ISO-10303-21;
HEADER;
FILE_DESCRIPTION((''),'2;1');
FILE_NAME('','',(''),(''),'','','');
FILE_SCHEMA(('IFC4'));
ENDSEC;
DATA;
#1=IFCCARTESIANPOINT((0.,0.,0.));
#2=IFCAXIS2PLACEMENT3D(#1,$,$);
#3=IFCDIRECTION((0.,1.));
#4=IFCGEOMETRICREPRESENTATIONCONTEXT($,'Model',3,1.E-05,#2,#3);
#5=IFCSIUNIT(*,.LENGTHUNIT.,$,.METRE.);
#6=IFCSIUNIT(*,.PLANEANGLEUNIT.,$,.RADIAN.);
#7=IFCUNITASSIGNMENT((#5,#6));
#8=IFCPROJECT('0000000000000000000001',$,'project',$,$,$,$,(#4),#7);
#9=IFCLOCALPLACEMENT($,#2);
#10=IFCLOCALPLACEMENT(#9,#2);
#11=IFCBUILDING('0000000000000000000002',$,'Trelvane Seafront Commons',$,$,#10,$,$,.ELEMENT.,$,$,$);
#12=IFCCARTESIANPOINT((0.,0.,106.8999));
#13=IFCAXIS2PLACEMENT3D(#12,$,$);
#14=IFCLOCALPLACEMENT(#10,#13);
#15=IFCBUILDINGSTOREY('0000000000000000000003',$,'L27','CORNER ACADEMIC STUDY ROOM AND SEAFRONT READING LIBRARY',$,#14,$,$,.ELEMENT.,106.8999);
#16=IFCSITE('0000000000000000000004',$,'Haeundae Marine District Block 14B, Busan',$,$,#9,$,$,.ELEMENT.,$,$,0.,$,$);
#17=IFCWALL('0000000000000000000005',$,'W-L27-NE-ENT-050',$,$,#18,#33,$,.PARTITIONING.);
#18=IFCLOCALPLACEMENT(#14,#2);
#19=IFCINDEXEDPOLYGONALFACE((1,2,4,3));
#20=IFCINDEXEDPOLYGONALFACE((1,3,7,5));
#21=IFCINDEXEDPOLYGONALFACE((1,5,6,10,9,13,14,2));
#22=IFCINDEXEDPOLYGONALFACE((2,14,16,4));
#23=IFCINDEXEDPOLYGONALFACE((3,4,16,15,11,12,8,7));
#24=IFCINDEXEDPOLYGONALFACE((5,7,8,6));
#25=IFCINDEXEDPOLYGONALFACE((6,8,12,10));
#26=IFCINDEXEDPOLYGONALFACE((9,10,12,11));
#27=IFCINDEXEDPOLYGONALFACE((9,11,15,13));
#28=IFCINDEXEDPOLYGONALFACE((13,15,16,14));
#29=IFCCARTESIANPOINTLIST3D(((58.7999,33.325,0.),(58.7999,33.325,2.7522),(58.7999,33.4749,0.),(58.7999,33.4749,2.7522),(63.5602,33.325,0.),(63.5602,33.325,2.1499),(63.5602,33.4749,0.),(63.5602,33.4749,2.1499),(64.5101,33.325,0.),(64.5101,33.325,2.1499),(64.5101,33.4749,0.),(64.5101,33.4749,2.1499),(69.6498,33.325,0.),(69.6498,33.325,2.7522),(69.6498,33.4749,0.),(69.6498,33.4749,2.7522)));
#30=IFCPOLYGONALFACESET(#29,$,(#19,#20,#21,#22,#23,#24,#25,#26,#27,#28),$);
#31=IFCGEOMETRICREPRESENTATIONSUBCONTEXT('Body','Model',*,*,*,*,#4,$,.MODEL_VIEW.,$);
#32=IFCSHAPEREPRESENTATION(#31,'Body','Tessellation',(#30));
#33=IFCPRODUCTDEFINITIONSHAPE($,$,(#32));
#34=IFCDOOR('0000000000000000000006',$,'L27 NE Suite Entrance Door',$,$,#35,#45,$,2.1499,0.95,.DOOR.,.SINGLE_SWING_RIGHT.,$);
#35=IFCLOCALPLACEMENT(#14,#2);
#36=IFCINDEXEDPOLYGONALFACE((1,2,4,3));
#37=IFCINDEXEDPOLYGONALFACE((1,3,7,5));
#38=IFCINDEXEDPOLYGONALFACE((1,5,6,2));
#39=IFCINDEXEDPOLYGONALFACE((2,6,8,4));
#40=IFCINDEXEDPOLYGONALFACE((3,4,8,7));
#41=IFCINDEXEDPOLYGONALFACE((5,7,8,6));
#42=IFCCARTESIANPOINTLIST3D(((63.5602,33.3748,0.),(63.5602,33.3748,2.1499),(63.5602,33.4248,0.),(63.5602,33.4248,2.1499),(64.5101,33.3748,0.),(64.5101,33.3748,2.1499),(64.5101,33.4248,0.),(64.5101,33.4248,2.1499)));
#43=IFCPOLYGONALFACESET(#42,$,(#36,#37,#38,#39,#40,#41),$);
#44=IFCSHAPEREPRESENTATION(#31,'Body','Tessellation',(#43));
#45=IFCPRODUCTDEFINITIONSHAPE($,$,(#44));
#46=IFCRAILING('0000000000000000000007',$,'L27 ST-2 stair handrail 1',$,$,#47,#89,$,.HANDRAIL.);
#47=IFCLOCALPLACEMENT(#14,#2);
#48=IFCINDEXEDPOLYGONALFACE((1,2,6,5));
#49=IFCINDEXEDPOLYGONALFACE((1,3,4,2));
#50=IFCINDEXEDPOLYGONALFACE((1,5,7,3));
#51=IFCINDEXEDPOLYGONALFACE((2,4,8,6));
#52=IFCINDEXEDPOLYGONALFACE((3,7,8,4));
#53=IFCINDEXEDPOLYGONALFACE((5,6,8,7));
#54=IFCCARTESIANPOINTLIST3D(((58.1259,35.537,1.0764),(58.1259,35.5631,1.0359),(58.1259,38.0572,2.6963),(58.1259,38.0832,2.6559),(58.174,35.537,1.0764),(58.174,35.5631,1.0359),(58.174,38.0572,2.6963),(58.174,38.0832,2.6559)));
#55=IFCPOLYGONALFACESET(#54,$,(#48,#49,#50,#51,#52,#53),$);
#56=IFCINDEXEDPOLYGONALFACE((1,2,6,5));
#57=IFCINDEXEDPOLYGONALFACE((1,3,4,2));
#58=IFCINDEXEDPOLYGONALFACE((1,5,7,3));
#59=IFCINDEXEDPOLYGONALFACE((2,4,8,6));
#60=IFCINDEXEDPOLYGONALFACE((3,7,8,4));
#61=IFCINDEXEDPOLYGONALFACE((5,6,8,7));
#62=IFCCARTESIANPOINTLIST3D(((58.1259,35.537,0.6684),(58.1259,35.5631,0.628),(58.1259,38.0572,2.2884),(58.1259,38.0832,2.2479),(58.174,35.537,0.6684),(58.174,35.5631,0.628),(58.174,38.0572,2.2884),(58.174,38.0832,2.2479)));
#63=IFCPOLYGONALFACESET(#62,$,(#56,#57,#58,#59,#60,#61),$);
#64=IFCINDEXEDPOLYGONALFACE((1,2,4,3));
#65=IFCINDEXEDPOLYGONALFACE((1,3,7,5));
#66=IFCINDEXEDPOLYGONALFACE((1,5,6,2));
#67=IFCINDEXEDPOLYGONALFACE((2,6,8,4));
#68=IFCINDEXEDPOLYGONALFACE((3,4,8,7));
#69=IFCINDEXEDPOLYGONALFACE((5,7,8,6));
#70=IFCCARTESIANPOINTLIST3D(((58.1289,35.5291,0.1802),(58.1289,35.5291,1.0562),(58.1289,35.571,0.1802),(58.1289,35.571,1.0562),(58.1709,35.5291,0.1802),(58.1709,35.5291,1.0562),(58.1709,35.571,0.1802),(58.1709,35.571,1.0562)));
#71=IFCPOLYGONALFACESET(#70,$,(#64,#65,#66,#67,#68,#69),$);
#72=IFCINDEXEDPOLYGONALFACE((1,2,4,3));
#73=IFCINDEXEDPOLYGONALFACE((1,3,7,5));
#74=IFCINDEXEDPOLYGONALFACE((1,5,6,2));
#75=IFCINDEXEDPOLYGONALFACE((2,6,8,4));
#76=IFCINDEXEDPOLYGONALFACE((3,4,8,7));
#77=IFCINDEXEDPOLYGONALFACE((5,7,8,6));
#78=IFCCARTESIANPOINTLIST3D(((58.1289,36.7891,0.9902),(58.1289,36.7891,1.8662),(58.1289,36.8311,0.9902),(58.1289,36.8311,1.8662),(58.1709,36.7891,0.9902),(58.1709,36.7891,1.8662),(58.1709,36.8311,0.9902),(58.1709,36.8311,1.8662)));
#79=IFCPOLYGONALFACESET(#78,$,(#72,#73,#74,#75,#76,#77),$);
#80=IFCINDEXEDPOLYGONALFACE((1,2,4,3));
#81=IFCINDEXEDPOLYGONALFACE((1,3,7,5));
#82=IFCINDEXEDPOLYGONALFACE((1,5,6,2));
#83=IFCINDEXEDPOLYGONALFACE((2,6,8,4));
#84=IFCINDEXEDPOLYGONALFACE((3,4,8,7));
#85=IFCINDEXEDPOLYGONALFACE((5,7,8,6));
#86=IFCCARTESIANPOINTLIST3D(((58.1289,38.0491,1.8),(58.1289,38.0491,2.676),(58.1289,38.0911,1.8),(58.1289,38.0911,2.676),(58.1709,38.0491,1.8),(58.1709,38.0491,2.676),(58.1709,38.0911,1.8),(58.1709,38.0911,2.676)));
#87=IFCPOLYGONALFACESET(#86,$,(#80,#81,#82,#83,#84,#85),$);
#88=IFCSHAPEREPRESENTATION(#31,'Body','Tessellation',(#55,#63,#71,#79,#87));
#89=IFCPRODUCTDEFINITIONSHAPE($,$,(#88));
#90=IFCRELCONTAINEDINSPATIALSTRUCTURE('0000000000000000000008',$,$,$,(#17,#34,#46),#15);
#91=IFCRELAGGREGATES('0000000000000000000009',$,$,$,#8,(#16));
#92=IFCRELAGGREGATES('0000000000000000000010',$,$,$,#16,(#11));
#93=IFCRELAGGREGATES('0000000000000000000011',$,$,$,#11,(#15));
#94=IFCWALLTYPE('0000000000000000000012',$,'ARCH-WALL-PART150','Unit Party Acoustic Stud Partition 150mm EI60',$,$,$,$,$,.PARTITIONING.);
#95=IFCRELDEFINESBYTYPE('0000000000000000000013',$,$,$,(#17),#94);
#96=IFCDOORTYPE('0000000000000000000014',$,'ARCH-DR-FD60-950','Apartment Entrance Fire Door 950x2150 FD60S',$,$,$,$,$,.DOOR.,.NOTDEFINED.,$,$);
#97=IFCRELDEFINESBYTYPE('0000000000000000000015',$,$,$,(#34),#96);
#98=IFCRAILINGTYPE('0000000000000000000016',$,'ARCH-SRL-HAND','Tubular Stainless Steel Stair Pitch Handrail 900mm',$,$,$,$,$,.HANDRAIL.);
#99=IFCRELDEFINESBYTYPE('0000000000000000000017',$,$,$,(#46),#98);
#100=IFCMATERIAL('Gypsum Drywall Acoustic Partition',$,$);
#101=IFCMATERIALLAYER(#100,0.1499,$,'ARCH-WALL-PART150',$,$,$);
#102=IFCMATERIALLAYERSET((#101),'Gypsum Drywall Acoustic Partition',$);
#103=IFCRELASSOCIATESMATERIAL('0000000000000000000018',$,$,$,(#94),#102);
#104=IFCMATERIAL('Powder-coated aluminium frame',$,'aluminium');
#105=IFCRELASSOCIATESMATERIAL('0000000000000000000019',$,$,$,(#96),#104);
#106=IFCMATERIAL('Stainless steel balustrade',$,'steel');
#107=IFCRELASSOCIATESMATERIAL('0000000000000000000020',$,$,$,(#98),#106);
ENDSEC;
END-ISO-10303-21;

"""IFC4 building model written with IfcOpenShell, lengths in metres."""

from ifc_helpers import new_model, si_unit, direction, frame, frame_2d, origin, origin_2d, place, context, subcontext, project, spatial, rectangle, extrude, source, transform, mapped, material, layer, layer_set, type_object, element, fill, save


model = new_model("IFC4")

# Units and contexts
model_context = context("Model", 3, precision=1e-05, world=origin(), true_north=direction((0.0, 1.0)))
body_context = subcontext(model_context, "Body", "Model", "MODEL_VIEW")
ifc_project = project(units=[si_unit("LENGTHUNIT", "METRE"), si_unit("PLANEANGLEUNIT", "RADIAN")], contexts=[model_context])

# Site, building, storey
site_placement = place(None, origin())
site = spatial("IfcSite", under=ifc_project, at=site_placement, Name="Haeundae Marine District Block 14B, Busan", CompositionType="ELEMENT", RefElevation=0.0)
building_placement = place(site_placement, origin())
building = spatial("IfcBuilding", under=site, at=building_placement, Name="Trelvane Seafront Commons", CompositionType="ELEMENT")
storey_placement = place(building_placement, frame((0.0, 0.0, 106.8999)))
storey = spatial("IfcBuildingStorey", under=building, at=storey_placement, Name="L27", Description="CORNER ACADEMIC STUDY ROOM AND SEAFRONT READING LIBRARY", CompositionType="ELEMENT", Elevation=106.8999)

# Wall, opening, door
ifc_material_1 = material(Name="Gypsum Drywall Acoustic Partition")
ifc_layer = layer(ifc_material_1, 0.1499, Name="ARCH-WALL-PART150")
ifc_layer_set = layer_set([ifc_layer], Name="Gypsum Drywall Acoustic Partition")
wall_type = type_object("IfcWallType", Name="ARCH-WALL-PART150", Description="Unit Party Acoustic Stud Partition 150mm EI60", PredefinedType="PARTITIONING", material=ifc_layer_set)
wall_1_placement = place(storey_placement, frame((58.8, 33.3999, 0.0), z_axis=(0.0, 0.0, 1.0), x_axis=(1.0, 0.0, 0.0)))
wall_1 = element("IfcWall", 1, at=wall_1_placement, inside=storey, type_object=wall_type, Name="W-L27-NE-ENT-050", PredefinedType="PARTITIONING", context=body_context, shape_type="SweptSolid", body=[
    extrude(rectangle(XDim=10.8499, YDim=0.1499, at=frame_2d((5.4248, 0.0))), origin(), (0.0, 0.0, 1.0), 2.7522),
])
opening_1_placement = place(wall_1_placement, frame((4.76, 0.0, 0.0)))
opening_1 = element("IfcOpeningElement", 2, at=opening_1_placement, cuts=wall_1, PredefinedType="OPENING", context=body_context, shape_type="SweptSolid", body=[
    extrude(rectangle(XDim=0.95, YDim=2.1499, at=frame_2d((0.4751, 1.075))), frame((0.0, 0.085, 0.0), z_axis=(0.0, -1.0, 0.0), x_axis=(1.0, 0.0, 0.0)), (0.0, 0.0, 1.0), 0.1699),
])
ifc_material_2 = material(Name="Powder-coated aluminium frame", Category="aluminium")
door_type = type_object("IfcDoorType", Name="ARCH-DR-FD60-950", Description="Apartment Entrance Fire Door 950x2150 FD60S", OperationType="NOTDEFINED", PredefinedType="DOOR", material=ifc_material_2)
shared_shape_1 = source(origin(), body_context, "Body", "SweptSolid", [
    extrude(rectangle(XDim=0.95, YDim=2.1499, at=frame_2d((0.4751, 1.075))), frame((0.0, 0.0249, 0.0), z_axis=(0.0, -1.0, 0.0), x_axis=(1.0, 0.0, 0.0)), (0.0, 0.0, 1.0), 0.05),
])
door_1_placement = place(opening_1_placement, origin())
door_1 = element("IfcDoor", 3, at=door_1_placement, inside=storey, type_object=door_type, Name="L27 NE Suite Entrance Door", OperationType="SINGLE_SWING_RIGHT", OverallHeight=2.1499, OverallWidth=0.95, PredefinedType="DOOR", context=body_context, shape_type="MappedRepresentation", body=[
    mapped(shared_shape_1, transform((0.0, 0.0, 0.0), x_axis=(1.0, 0.0, 0.0), y_axis=(0.0, 1.0, 0.0), z_axis=(0.0, 0.0, 1.0), scale=1.0)),
])
fill(opening_1, door_1)

# Railing
ifc_material_3 = material(Name="Stainless steel balustrade", Category="steel")
railing_type = type_object("IfcRailingType", Name="ARCH-SRL-HAND", Description="Tubular Stainless Steel Stair Pitch Handrail 900mm", PredefinedType="HANDRAIL", material=ifc_material_3)
railing_placement = place(storey_placement, frame((58.1499, 35.55, 0.1802)))
element("IfcRailing", 4, at=railing_placement, inside=storey, type_object=railing_type, Name="L27 ST-2 stair handrail 1", PredefinedType="HANDRAIL", context=body_context, shape_type="SweptSolid", body=[
    extrude(rectangle(XDim=0.0481, YDim=0.0481, at=origin_2d()), frame((0.0, 0.0, 0.876), z_axis=(0.0, 0.8412, 0.540725), x_axis=(-1.0, 0.0, 0.0)), (0.0, 0.0, 1.0), 2.9958),
    extrude(rectangle(XDim=0.0481, YDim=0.0481, at=origin_2d()), frame((0.0, 0.0, 0.468), z_axis=(0.0, 0.8412, 0.540725), x_axis=(-1.0, 0.0, 0.0)), (0.0, 0.0, 1.0), 2.9958),
    extrude(rectangle(XDim=0.042, YDim=0.042, at=origin_2d()), origin(), (0.0, 0.0, 1.0), 0.876),
    extrude(rectangle(XDim=0.042, YDim=0.042, at=origin_2d()), frame((0.0, 1.26, 0.8101)), (0.0, 0.0, 1.0), 0.876),
    extrude(rectangle(XDim=0.042, YDim=0.042, at=origin_2d()), frame((0.0, 2.52, 1.6199)), (0.0, 0.0, 1.0), 0.876),
])

save(model, "model.ifc")
